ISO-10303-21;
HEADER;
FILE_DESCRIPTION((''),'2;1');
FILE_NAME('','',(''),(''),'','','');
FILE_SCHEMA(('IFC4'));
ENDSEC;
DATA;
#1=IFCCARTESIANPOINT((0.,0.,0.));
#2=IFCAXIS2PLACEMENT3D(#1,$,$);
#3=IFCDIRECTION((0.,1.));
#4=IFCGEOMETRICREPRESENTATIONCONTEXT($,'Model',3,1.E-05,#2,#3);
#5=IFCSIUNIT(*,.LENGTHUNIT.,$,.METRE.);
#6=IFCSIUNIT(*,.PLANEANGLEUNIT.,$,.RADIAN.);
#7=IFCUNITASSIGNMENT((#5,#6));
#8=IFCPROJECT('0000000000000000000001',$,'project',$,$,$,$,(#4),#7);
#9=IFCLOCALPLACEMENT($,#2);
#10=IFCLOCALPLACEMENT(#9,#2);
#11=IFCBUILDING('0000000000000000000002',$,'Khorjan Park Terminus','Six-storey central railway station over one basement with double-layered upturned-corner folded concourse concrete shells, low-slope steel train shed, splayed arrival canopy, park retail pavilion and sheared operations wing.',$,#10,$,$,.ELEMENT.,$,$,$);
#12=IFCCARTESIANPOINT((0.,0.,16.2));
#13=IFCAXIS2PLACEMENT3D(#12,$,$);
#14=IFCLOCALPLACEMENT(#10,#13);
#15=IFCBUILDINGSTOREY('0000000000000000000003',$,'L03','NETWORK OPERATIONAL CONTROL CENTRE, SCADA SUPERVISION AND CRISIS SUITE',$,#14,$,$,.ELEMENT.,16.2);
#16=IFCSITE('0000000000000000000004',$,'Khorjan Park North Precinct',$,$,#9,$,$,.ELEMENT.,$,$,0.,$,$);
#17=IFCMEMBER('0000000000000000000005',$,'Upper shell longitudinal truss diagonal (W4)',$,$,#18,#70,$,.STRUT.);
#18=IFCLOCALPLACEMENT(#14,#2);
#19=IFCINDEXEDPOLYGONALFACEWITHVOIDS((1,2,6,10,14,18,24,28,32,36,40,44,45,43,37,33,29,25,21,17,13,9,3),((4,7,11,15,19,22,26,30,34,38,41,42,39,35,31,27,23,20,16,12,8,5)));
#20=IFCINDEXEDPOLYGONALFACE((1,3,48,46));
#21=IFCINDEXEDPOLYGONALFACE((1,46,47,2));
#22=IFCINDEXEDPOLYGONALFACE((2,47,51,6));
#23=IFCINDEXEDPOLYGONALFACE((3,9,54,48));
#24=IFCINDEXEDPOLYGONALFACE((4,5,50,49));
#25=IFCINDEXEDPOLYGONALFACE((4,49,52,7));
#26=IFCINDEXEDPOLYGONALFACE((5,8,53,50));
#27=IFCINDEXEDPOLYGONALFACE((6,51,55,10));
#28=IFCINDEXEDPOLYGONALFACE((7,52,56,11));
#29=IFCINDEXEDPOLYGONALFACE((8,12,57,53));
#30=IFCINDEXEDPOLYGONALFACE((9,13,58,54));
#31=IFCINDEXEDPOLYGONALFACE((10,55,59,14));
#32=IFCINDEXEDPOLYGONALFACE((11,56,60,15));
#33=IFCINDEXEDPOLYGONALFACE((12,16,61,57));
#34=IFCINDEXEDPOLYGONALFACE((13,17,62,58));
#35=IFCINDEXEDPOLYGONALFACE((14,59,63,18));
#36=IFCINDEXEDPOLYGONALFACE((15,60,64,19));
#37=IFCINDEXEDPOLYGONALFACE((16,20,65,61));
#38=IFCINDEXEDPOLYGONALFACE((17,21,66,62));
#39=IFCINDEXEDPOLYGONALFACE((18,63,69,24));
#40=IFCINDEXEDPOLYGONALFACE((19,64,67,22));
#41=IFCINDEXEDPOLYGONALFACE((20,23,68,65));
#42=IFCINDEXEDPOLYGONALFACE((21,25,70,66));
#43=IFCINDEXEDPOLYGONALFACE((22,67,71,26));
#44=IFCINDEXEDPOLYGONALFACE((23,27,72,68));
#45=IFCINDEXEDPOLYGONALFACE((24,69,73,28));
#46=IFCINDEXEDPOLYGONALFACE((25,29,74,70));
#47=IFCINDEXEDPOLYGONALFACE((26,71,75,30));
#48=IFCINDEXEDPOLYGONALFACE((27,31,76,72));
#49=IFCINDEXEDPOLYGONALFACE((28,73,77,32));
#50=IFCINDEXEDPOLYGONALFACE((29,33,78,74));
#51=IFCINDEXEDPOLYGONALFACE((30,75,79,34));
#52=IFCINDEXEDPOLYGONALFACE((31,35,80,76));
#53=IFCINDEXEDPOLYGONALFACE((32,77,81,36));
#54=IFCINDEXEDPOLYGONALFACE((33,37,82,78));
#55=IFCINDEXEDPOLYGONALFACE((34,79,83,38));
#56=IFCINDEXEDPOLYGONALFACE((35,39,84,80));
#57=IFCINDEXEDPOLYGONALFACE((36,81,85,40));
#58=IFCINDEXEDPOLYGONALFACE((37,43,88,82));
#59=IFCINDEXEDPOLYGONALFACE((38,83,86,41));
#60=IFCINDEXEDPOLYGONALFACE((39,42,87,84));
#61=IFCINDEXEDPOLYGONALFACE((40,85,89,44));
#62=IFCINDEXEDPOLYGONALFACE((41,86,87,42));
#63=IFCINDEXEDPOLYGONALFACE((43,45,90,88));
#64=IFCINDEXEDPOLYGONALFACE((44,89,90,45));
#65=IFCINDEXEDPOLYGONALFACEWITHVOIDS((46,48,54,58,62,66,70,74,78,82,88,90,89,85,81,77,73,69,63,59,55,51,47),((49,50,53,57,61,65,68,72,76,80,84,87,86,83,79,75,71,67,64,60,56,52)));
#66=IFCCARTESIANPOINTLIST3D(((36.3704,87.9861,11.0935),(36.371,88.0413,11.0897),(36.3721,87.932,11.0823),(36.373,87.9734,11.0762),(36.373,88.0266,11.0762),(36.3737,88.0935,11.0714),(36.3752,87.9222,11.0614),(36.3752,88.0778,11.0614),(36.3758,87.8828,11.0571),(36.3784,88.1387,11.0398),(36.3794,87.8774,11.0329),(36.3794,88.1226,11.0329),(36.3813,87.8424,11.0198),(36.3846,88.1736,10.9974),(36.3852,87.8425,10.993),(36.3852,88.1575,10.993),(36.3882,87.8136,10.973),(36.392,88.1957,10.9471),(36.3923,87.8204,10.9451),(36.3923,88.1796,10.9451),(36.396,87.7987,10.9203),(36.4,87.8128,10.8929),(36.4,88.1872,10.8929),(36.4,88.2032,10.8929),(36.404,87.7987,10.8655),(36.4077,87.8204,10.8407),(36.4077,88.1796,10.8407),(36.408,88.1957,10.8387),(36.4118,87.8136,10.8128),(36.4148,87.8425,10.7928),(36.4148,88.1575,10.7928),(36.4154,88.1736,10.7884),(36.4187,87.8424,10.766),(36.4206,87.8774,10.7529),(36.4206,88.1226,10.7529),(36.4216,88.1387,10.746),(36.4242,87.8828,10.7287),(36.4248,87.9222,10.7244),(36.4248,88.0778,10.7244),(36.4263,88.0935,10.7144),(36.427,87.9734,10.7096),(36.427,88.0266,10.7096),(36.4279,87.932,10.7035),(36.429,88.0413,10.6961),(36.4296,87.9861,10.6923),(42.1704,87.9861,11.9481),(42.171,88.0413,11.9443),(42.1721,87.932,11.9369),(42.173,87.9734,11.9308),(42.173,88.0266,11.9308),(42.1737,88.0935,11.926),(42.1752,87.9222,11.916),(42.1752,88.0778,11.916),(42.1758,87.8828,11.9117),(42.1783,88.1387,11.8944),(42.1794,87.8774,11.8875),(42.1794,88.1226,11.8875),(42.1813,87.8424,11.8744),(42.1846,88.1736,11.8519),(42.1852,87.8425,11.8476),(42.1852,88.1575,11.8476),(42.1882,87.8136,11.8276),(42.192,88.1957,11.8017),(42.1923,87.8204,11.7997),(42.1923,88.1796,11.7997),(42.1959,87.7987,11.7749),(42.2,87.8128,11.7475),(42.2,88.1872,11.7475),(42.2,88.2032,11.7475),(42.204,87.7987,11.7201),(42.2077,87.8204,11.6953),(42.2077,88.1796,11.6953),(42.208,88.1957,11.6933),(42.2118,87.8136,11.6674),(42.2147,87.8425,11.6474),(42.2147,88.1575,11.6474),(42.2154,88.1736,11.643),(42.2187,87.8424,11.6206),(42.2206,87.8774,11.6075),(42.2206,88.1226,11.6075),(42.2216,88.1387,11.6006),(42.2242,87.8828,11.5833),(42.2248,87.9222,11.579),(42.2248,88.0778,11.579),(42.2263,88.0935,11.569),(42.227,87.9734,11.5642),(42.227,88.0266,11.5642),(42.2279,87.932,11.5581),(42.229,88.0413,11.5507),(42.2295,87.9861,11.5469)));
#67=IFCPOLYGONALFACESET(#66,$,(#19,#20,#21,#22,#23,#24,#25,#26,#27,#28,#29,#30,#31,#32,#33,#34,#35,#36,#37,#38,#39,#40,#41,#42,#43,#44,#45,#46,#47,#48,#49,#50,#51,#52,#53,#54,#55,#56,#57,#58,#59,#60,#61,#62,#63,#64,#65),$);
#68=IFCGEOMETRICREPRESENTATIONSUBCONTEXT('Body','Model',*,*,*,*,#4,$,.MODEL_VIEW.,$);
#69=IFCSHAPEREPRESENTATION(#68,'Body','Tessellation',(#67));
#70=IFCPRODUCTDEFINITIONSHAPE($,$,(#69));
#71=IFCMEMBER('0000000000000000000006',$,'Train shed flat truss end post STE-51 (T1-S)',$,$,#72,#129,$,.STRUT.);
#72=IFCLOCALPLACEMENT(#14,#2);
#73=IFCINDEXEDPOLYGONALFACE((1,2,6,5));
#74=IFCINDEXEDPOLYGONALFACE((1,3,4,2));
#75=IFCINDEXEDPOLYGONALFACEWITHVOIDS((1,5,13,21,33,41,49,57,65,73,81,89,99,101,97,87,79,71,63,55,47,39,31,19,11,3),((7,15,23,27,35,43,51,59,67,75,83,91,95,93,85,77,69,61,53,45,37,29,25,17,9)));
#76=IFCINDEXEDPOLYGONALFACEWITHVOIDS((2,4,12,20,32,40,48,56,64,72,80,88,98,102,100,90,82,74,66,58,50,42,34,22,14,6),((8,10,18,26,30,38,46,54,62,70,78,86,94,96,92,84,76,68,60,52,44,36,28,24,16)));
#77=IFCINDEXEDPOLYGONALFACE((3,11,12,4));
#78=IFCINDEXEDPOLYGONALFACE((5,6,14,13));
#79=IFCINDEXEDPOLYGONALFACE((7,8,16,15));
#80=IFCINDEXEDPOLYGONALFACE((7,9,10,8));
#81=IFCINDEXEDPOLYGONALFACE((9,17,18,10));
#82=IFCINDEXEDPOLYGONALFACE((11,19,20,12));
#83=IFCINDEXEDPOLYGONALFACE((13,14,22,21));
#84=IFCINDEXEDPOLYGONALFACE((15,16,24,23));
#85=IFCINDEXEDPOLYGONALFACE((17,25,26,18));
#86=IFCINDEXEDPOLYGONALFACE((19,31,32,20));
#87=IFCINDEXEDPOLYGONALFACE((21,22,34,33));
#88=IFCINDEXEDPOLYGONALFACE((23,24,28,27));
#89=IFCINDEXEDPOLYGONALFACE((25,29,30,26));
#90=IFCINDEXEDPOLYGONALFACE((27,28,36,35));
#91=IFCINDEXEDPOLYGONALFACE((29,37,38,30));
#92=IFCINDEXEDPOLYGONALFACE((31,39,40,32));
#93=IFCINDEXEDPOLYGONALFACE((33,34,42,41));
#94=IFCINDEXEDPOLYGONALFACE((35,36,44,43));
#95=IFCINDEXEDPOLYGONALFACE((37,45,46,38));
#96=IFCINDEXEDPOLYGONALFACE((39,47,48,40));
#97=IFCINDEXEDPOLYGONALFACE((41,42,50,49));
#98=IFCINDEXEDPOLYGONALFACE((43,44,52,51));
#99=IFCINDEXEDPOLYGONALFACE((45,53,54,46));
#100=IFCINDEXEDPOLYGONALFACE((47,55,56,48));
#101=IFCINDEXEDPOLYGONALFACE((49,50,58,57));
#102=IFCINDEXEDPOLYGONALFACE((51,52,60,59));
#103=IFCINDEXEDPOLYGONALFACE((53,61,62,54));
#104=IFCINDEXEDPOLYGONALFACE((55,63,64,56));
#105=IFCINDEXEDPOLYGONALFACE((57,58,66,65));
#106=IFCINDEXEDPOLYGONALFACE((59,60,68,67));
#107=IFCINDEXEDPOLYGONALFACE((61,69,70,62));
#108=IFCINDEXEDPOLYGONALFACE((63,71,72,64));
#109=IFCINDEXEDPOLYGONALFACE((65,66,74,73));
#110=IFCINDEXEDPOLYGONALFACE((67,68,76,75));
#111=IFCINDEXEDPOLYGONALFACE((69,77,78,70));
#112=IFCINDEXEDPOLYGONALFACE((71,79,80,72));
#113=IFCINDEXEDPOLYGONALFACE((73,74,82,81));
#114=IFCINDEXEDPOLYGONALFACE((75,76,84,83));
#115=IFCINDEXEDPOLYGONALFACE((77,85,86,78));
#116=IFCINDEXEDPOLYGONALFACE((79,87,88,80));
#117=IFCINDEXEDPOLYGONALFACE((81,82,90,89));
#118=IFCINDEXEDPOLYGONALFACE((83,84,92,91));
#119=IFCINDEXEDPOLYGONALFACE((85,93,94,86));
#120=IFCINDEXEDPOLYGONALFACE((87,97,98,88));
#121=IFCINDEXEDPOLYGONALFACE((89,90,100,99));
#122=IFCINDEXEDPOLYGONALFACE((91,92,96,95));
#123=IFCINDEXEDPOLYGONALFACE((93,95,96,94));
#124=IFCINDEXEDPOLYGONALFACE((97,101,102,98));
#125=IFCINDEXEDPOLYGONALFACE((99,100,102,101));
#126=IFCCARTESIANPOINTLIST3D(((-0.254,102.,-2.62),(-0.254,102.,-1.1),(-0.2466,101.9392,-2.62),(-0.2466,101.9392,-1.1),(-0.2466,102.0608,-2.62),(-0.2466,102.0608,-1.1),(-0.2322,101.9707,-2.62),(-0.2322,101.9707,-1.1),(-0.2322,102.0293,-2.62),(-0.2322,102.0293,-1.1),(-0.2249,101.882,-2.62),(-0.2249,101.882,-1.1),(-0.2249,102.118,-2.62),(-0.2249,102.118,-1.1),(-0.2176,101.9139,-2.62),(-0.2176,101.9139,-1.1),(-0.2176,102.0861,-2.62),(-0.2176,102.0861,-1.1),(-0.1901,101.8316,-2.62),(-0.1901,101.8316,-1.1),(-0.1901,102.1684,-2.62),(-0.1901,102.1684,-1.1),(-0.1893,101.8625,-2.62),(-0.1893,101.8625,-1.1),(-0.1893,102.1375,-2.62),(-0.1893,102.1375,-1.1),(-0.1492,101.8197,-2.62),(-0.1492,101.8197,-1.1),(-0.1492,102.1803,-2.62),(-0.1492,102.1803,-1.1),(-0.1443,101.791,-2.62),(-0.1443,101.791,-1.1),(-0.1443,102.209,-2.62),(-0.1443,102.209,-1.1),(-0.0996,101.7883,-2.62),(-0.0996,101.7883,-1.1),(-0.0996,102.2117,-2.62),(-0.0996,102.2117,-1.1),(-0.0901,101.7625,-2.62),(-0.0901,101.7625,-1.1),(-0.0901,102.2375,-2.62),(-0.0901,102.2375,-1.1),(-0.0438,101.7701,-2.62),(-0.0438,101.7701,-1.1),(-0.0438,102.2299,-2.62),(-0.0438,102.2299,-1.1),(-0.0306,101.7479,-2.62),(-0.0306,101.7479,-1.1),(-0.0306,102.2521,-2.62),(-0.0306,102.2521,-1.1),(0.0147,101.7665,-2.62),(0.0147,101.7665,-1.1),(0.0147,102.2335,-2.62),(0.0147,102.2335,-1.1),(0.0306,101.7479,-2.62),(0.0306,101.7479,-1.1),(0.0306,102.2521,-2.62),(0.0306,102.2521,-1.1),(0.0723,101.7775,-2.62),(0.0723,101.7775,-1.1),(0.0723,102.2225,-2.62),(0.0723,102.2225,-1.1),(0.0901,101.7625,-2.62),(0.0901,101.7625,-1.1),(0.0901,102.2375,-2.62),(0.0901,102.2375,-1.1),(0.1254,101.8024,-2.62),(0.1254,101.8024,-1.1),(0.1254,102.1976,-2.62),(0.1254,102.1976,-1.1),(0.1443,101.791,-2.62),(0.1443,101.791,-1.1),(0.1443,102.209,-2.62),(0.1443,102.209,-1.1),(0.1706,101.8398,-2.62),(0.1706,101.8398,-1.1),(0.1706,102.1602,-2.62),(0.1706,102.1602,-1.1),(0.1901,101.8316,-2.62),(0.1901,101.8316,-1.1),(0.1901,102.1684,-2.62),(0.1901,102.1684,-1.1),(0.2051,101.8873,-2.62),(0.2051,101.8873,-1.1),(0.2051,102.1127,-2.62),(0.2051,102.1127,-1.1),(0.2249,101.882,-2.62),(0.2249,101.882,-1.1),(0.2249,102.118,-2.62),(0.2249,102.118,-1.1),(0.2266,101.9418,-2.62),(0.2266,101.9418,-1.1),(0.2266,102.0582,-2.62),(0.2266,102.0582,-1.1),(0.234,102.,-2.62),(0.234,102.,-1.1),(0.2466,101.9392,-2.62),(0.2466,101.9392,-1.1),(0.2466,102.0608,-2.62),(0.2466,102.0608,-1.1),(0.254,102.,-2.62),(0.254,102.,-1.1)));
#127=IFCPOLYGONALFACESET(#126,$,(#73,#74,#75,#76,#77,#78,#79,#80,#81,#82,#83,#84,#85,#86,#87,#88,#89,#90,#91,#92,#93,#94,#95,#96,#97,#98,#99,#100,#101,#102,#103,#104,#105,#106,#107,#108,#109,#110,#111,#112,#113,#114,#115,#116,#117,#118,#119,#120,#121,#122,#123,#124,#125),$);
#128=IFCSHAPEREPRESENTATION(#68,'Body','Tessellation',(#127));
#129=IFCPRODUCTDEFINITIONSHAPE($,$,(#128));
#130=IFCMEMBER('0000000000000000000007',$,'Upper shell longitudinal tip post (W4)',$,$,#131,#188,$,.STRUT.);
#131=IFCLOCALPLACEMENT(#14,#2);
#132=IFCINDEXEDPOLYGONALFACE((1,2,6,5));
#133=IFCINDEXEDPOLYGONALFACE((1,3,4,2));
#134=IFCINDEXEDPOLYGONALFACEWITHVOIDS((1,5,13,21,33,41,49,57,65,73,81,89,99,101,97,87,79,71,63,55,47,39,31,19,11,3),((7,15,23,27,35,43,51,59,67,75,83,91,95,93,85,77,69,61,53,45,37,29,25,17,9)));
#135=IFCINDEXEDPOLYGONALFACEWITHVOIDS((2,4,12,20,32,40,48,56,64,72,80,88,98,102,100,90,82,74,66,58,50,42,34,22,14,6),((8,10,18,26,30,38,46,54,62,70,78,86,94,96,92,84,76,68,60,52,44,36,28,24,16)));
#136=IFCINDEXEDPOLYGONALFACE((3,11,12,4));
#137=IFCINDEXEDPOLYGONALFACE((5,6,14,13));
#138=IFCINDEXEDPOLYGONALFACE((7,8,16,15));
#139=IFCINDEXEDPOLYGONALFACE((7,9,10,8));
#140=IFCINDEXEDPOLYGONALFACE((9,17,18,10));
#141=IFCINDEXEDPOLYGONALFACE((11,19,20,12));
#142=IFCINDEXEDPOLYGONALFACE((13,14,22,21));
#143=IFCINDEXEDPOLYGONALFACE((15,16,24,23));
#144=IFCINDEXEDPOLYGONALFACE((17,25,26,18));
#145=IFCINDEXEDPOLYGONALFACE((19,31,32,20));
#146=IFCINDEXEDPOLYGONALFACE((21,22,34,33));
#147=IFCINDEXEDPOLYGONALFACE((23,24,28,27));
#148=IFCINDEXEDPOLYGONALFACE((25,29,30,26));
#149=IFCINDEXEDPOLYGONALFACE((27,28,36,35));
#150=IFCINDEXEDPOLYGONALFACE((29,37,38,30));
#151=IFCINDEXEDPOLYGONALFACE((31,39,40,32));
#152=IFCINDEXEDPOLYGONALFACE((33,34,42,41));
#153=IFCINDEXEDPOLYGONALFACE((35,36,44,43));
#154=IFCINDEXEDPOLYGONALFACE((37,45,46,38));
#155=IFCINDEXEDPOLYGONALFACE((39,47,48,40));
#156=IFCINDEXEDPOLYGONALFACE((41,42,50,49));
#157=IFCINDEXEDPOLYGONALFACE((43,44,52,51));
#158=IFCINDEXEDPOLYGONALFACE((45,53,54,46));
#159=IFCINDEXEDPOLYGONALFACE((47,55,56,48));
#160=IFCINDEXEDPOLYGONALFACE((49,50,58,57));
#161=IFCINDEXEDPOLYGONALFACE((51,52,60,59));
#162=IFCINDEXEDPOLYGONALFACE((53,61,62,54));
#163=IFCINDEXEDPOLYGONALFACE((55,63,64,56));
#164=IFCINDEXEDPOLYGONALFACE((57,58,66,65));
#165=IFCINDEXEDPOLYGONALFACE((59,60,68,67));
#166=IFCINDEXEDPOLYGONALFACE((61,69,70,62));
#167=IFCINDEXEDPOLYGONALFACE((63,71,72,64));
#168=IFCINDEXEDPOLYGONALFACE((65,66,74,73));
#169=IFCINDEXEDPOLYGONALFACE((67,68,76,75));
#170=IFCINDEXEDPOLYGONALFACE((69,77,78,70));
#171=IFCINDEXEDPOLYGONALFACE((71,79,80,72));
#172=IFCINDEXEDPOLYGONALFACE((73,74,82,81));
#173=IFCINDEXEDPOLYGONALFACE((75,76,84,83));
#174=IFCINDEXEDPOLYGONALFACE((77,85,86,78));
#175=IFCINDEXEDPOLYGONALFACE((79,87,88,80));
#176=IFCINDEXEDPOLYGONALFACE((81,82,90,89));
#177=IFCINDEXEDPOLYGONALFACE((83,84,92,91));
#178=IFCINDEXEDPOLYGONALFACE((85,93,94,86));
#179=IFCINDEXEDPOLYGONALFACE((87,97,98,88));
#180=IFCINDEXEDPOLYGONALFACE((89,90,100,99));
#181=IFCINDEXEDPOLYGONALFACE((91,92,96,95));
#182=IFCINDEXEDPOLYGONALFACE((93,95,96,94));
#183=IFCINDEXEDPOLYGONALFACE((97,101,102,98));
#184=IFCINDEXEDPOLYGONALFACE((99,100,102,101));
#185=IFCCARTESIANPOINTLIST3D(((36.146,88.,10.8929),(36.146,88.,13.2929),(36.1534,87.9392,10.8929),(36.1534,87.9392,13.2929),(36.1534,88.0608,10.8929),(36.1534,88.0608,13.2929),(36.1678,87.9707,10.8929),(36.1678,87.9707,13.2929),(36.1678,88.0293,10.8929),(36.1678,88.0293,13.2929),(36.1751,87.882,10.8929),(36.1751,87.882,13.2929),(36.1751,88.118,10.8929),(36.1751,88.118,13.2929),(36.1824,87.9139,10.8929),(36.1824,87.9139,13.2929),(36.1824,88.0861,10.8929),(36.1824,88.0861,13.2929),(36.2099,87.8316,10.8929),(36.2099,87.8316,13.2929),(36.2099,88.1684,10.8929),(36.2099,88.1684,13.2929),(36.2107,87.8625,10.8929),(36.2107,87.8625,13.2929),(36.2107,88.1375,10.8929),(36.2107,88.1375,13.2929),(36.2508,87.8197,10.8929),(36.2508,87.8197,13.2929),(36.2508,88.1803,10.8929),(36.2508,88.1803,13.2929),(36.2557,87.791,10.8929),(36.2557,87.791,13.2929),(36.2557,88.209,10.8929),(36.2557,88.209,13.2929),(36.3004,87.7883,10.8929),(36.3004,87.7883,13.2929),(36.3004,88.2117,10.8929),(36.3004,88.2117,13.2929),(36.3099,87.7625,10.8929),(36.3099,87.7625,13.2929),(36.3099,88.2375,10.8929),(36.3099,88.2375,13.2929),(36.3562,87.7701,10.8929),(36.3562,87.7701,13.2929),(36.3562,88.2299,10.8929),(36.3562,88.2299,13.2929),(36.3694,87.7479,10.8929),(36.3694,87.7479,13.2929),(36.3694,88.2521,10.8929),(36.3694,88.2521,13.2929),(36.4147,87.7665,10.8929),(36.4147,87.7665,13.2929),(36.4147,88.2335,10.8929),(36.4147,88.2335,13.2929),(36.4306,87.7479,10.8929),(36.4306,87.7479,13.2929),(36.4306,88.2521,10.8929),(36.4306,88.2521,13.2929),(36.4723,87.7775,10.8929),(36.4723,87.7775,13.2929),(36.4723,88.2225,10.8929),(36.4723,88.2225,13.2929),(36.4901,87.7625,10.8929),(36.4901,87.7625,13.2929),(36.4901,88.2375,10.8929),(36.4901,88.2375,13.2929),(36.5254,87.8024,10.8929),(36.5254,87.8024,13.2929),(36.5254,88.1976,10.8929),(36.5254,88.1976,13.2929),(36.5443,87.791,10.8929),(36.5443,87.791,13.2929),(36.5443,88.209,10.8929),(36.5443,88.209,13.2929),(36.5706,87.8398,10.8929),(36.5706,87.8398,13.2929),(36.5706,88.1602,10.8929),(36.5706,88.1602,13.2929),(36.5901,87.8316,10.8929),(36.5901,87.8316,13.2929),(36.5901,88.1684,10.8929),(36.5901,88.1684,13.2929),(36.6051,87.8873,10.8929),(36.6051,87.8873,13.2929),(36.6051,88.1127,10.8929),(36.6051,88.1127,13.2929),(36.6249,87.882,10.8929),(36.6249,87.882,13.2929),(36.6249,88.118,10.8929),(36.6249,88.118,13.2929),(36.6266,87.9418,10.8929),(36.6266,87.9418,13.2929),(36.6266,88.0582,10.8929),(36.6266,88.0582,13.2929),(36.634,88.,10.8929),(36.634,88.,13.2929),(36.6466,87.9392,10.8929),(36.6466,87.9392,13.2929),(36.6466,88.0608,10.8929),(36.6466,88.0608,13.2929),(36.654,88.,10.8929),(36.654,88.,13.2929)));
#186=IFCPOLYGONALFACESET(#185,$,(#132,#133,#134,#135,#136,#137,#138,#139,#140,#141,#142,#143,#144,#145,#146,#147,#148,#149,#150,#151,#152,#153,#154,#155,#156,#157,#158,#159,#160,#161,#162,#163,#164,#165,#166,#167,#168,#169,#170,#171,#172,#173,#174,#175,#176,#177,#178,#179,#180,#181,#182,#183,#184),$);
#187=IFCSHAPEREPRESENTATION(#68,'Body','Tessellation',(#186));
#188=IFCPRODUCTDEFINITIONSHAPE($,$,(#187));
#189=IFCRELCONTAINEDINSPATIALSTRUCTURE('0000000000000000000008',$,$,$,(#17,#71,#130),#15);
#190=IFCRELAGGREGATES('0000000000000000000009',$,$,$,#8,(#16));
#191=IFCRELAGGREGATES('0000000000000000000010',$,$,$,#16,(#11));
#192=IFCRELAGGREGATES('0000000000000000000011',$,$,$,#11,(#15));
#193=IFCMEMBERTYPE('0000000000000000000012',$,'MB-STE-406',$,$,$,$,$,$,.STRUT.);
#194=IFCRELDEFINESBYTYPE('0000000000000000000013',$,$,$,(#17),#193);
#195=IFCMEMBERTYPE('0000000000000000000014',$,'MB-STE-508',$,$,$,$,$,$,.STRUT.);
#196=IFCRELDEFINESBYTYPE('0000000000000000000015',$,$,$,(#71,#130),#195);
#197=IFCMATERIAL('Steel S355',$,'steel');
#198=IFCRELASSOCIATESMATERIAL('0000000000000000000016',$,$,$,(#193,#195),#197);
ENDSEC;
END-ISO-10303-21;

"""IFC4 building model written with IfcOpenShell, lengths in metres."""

from ifc_helpers import new_model, si_unit, direction, frame, origin, origin_2d, place, context, subcontext, project, spatial, hollow_circle, extrude, material, material_profile, profile_set, type_object, element, save


model = new_model("IFC4")

# Units and contexts
model_context = context("Model", 3, precision=1e-05, world=origin(), true_north=direction((0.0, 1.0)))
body_context = subcontext(model_context, "Body", "Model", "MODEL_VIEW")
ifc_project = project(units=[si_unit("LENGTHUNIT", "METRE"), si_unit("PLANEANGLEUNIT", "RADIAN")], contexts=[model_context])

# Site, building, storey
site_placement = place(None, origin())
site = spatial("IfcSite", under=ifc_project, at=site_placement, Name="Khorjan Park North Precinct", CompositionType="ELEMENT", RefElevation=0.0)
building_placement = place(site_placement, origin())
building = spatial("IfcBuilding", under=site, at=building_placement, Name="Khorjan Park Terminus", Description="Six-storey central railway station over one basement with double-layered upturned-corner folded concourse concrete shells, low-slope steel train shed, splayed arrival canopy, park retail pavilion and sheared operations wing.", CompositionType="ELEMENT")
storey_placement = place(building_placement, frame((0.0, 0.0, 16.2)))
storey = spatial("IfcBuildingStorey", under=building, at=storey_placement, Name="L03", Description="NETWORK OPERATIONAL CONTROL CENTRE, SCADA SUPERVISION AND CRISIS SUITE", CompositionType="ELEMENT", Elevation=16.2)

# Members
ifc_material = material(Name="Steel S355", Category="steel")
ifc_material_profile_1 = material_profile(ifc_material, hollow_circle(Radius=0.2032, WallThickness=0.016, at=origin_2d()), Name="CHS 406.4x16")
ifc_profile_set_1 = profile_set([ifc_material_profile_1], Name="Steel S355")
member_type_1 = type_object("IfcMemberType", Name="MB-STE-406", PredefinedType="STRUT", material=ifc_profile_set_1)
member_1_placement = place(storey_placement, frame((36.4, 88.0, 10.8929), z_axis=(0.989318, 0.0, 0.145771), x_axis=(0.0, 1.0, 0.0)))
element("IfcMember", 1, at=member_1_placement, inside=storey, type_object=member_type_1, Name="Upper shell longitudinal truss diagonal (W4)", PredefinedType="STRUT", context=body_context, shape_type="SweptSolid", body=[
    extrude(hollow_circle(Radius=0.2032, WallThickness=0.016, at=origin_2d()), origin(), (0.0, 0.0, 1.0), 5.8626),
])
ifc_material_profile_2 = material_profile(ifc_material, hollow_circle(Radius=0.254, WallThickness=0.02, at=origin_2d()), Name="CHS 508x20")
ifc_profile_set_2 = profile_set([ifc_material_profile_2], Name="Steel S355")
member_type_2 = type_object("IfcMemberType", Name="MB-STE-508", PredefinedType="STRUT", material=ifc_profile_set_2)
member_2_placement = place(storey_placement, frame((0.0, 102.0, -2.62), z_axis=(0.0, 0.0, 1.0), x_axis=(1.0, 0.0, 0.0)))
element("IfcMember", 2, at=member_2_placement, inside=storey, type_object=member_type_2, Name="Train shed flat truss end post STE-51 (T1-S)", PredefinedType="STRUT", context=body_context, shape_type="SweptSolid", body=[
    extrude(hollow_circle(Radius=0.254, WallThickness=0.02, at=origin_2d()), origin(), (0.0, 0.0, 1.0), 1.52),
])
member_3_placement = place(storey_placement, frame((36.4, 88.0, 10.8929), z_axis=(0.0, 0.0, 1.0), x_axis=(1.0, 0.0, 0.0)))
element("IfcMember", 3, at=member_3_placement, inside=storey, type_object=member_type_2, Name="Upper shell longitudinal tip post (W4)", PredefinedType="STRUT", context=body_context, shape_type="SweptSolid", body=[
    extrude(hollow_circle(Radius=0.254, WallThickness=0.02, at=origin_2d()), origin(), (0.0, 0.0, 1.0), 2.4),
])

save(model, "model.ifc")
